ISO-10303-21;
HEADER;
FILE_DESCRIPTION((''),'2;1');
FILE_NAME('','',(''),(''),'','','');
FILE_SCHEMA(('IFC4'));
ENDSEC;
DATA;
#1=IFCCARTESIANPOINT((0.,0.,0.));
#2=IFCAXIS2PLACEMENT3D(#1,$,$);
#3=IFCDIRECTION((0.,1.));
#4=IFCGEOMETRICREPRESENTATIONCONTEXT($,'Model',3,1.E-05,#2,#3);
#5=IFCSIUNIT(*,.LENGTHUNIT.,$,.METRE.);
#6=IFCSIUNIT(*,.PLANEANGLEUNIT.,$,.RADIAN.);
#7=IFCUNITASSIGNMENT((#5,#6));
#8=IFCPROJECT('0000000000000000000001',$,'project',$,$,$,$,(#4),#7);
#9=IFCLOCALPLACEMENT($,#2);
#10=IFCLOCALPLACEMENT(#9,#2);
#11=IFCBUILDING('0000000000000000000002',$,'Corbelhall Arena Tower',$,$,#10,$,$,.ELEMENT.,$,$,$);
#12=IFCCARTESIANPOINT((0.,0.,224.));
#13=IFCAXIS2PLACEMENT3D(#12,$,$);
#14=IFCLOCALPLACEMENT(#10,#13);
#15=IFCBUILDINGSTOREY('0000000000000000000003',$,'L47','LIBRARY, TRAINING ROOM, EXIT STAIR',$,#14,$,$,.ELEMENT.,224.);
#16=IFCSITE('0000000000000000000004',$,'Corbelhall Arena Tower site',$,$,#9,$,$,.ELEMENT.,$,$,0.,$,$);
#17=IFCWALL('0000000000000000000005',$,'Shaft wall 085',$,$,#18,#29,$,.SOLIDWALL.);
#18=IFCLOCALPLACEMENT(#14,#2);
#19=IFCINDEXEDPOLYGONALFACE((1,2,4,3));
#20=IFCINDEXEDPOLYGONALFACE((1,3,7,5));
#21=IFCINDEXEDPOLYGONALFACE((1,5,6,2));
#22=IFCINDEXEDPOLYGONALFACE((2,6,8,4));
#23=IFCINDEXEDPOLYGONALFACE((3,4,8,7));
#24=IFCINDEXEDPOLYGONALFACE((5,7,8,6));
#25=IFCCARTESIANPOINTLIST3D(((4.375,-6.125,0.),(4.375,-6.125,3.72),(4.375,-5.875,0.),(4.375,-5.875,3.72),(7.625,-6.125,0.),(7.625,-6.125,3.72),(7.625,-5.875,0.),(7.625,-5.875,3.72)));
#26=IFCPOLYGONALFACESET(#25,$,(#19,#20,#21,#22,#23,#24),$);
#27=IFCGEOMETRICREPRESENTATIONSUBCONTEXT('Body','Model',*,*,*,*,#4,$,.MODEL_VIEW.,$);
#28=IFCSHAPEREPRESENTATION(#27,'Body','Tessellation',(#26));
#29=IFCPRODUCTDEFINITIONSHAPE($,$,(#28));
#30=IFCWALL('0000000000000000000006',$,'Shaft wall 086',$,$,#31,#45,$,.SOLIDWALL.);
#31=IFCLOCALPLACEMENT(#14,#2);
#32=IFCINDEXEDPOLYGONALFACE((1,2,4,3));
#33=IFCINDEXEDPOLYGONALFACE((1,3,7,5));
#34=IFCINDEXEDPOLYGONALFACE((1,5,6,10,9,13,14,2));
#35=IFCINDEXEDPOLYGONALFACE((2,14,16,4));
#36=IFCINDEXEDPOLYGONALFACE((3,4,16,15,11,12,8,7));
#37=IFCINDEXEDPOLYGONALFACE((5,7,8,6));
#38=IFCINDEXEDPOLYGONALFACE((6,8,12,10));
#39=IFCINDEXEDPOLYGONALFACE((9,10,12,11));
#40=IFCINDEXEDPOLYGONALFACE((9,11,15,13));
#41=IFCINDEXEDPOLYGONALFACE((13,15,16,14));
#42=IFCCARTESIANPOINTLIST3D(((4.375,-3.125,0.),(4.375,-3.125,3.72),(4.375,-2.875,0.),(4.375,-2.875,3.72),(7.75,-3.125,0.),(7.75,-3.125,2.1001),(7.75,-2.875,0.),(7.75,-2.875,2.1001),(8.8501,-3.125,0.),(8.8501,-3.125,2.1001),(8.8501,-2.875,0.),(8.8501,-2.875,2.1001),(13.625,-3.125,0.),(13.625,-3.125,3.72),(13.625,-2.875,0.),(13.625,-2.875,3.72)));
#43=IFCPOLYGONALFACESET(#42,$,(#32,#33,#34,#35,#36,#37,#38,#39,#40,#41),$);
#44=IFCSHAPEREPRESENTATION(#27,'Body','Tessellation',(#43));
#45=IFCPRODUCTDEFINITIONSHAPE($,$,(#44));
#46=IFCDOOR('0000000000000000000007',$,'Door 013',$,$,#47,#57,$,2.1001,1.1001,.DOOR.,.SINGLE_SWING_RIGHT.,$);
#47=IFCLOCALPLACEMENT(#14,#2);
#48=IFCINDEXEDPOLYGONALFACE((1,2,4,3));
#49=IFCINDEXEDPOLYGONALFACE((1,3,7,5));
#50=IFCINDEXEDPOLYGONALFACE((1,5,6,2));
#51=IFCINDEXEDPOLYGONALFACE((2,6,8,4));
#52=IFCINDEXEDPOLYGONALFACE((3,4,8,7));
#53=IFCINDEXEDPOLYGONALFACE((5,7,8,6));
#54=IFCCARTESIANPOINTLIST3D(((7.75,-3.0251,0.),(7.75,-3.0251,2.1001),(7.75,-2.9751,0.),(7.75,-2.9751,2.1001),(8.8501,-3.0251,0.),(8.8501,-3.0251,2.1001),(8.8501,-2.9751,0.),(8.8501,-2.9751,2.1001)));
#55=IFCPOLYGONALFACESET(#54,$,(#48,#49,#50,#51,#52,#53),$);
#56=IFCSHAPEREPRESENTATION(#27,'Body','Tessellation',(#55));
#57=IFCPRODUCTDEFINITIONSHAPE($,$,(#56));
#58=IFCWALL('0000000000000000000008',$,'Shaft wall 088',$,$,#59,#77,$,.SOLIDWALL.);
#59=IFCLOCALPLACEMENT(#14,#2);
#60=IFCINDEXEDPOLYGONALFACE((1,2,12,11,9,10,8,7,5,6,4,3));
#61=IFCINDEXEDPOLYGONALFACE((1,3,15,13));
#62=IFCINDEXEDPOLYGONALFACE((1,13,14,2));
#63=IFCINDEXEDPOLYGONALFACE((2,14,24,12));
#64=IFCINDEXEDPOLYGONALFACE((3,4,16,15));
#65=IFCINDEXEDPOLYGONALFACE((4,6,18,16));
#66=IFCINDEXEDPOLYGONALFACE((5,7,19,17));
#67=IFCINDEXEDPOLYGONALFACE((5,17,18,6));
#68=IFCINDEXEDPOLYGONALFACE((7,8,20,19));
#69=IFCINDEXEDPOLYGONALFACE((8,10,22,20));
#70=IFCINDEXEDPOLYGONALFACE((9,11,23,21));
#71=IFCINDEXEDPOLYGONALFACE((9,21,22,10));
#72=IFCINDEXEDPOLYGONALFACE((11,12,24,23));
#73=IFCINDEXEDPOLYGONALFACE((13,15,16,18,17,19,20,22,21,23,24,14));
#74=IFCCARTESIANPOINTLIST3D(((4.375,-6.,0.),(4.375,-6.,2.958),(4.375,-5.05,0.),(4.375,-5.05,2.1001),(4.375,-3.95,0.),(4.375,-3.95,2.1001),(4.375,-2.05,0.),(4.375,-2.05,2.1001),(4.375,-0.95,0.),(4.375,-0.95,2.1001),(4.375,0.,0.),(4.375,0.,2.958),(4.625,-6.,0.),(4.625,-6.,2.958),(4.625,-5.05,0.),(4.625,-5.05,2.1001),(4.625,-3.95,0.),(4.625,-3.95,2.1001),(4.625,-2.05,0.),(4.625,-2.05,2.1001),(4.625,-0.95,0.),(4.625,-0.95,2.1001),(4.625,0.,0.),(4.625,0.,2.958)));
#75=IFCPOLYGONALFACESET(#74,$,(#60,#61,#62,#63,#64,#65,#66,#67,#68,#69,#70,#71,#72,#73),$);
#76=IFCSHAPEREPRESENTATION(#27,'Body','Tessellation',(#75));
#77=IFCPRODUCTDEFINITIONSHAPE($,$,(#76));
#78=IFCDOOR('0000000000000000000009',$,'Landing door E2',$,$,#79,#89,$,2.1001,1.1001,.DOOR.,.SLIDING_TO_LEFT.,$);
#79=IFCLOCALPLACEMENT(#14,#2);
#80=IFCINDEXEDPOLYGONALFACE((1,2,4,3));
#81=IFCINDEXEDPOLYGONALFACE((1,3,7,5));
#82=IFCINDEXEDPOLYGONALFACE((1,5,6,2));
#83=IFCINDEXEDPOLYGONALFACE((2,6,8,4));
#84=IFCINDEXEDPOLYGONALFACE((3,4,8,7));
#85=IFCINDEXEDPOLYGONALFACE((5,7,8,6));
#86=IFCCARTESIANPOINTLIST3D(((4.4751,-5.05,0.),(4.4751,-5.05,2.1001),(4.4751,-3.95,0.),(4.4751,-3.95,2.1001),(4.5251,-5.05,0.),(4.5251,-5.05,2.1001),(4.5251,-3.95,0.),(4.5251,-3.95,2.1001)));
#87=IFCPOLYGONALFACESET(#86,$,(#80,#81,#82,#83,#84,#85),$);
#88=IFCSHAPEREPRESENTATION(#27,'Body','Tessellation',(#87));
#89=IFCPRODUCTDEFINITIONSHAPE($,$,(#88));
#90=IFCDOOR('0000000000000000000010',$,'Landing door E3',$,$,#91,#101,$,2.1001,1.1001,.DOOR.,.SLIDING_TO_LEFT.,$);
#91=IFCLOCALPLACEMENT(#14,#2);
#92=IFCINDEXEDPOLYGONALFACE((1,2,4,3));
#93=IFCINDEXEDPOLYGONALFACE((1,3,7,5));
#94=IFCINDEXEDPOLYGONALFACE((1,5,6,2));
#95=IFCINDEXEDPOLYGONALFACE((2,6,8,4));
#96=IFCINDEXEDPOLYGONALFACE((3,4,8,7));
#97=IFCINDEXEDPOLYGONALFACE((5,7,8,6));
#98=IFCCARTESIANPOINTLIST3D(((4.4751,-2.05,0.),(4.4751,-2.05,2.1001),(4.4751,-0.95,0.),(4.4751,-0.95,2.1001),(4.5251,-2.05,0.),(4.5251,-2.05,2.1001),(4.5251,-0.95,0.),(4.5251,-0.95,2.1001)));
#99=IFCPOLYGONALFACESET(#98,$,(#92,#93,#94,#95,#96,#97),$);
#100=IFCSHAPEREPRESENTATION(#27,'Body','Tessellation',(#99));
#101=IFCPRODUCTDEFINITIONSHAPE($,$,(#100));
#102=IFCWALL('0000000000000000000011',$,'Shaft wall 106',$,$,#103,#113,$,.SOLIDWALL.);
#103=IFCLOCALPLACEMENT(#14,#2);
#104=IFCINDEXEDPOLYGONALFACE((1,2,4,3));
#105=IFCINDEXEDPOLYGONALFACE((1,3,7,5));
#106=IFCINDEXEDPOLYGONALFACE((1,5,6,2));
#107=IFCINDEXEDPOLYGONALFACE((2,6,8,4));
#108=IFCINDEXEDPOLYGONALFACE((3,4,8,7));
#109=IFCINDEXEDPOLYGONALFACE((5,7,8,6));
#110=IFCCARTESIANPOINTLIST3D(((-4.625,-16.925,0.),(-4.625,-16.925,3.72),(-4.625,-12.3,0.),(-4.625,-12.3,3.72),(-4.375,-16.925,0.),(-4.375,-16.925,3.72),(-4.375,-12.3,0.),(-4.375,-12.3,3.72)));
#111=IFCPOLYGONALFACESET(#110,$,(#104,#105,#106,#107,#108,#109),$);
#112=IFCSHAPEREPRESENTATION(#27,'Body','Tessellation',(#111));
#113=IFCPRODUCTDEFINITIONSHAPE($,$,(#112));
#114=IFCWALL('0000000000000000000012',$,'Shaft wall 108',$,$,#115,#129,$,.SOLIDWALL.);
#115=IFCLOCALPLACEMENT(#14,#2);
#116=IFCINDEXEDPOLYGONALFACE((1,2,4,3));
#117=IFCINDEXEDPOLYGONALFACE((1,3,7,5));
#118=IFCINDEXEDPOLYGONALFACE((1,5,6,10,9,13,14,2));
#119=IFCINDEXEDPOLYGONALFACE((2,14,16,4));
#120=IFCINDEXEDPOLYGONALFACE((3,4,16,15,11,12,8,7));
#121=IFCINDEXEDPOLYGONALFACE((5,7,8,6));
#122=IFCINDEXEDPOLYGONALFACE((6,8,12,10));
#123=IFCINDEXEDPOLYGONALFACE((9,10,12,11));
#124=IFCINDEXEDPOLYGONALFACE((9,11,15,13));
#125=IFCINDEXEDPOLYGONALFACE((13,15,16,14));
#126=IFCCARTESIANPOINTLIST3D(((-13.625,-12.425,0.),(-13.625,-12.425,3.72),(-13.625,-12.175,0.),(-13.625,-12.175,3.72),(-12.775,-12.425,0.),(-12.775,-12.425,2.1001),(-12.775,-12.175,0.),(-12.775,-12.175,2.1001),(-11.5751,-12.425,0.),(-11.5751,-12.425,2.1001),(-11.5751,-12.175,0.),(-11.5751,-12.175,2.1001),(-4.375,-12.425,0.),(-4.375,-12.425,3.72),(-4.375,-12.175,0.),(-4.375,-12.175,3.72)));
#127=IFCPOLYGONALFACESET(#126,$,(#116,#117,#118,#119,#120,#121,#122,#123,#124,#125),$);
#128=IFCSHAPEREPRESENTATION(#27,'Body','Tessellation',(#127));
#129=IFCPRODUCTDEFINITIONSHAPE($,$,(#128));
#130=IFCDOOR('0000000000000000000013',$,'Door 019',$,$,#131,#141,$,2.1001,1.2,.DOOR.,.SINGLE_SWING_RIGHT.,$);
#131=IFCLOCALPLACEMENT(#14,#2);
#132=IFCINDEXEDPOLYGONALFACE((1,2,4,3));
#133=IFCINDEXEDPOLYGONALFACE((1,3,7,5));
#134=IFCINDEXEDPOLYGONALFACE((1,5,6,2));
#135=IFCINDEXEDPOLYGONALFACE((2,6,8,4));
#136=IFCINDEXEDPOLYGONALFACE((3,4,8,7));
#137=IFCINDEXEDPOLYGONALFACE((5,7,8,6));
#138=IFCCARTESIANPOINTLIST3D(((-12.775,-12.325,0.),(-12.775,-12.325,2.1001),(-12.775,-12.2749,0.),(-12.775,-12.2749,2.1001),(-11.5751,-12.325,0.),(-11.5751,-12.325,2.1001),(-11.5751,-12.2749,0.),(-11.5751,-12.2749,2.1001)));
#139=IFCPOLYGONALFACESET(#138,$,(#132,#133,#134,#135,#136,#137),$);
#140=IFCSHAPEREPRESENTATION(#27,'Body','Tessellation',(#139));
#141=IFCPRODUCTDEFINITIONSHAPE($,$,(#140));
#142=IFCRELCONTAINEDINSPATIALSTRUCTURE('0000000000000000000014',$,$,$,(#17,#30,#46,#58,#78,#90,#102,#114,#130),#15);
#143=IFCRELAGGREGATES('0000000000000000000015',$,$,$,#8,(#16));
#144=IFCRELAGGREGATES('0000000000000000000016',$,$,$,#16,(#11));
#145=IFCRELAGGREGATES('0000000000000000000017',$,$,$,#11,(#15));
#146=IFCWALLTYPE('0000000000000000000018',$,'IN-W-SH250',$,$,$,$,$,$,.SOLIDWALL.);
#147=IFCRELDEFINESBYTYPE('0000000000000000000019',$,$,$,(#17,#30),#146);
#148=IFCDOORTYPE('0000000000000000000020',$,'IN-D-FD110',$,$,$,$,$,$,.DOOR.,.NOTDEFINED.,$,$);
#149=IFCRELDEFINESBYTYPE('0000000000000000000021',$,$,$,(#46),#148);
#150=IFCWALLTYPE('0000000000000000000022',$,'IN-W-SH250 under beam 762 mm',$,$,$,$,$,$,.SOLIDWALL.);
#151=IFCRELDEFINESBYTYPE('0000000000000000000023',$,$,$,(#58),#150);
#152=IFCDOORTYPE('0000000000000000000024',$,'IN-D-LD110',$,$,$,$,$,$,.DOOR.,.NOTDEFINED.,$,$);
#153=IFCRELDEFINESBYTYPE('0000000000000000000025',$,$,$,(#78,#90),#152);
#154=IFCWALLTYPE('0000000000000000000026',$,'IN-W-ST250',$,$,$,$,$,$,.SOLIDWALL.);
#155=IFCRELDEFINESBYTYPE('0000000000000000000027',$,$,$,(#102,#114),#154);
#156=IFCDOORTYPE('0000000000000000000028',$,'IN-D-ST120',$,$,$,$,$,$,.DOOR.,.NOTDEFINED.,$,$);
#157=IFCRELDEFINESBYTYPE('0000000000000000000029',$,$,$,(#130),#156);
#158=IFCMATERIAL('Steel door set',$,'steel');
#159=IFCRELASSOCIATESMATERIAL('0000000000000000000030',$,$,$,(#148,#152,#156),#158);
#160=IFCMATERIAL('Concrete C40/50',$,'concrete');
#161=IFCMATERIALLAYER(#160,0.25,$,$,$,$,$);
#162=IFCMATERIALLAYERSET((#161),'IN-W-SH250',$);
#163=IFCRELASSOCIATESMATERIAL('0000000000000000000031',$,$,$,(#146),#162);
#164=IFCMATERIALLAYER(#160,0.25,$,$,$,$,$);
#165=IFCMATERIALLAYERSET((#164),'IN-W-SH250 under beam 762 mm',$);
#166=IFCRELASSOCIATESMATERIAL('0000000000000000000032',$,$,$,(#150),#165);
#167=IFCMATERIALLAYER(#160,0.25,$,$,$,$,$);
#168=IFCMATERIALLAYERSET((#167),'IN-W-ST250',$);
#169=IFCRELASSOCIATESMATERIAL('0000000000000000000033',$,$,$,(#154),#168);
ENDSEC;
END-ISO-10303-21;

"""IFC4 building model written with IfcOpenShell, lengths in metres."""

from ifc_helpers import new_model, si_unit, direction, frame, frame_2d, origin, place, context, subcontext, project, spatial, rectangle, extrude, material, layer, layer_set, type_object, element, fill, save


model = new_model("IFC4")

# Units and contexts
model_context = context("Model", 3, precision=1e-05, world=origin(), true_north=direction((0.0, 1.0)))
body_context = subcontext(model_context, "Body", "Model", "MODEL_VIEW")
ifc_project = project(units=[si_unit("LENGTHUNIT", "METRE"), si_unit("PLANEANGLEUNIT", "RADIAN")], contexts=[model_context])

# Site, building, storey
site_placement = place(None, origin())
site = spatial("IfcSite", under=ifc_project, at=site_placement, Name="Corbelhall Arena Tower site", CompositionType="ELEMENT", RefElevation=0.0)
building_placement = place(site_placement, origin())
building = spatial("IfcBuilding", under=site, at=building_placement, Name="Corbelhall Arena Tower", CompositionType="ELEMENT")
storey_placement = place(building_placement, frame((0.0, 0.0, 224.0)))
storey = spatial("IfcBuildingStorey", under=building, at=storey_placement, Name="L47", Description="LIBRARY, TRAINING ROOM, EXIT STAIR", CompositionType="ELEMENT", Elevation=224.0)

# Shared definitions
ifc_material_1 = material(Name="Concrete C40/50", Category="concrete")

# Shared definitions
ifc_material_2 = material(Name="Steel door set", Category="steel")
door_type_1 = type_object("IfcDoorType", Name="IN-D-FD110", OperationType="NOTDEFINED", PredefinedType="DOOR", material=ifc_material_2)

# Wall
ifc_layer_1 = layer(ifc_material_1, 0.25)
ifc_layer_set_1 = layer_set([ifc_layer_1], Name="IN-W-SH250")
wall_type_1 = type_object("IfcWallType", Name="IN-W-SH250", PredefinedType="SOLIDWALL", material=ifc_layer_set_1)
wall_1_placement = place(storey_placement, frame((4.375, -6.0, 0.0), z_axis=(0.0, 0.0, 1.0), x_axis=(1.0, 0.0, 0.0)))
element("IfcWall", 1, at=wall_1_placement, inside=storey, type_object=wall_type_1, Name="Shaft wall 085", PredefinedType="SOLIDWALL", context=body_context, shape_type="SweptSolid", body=[
    extrude(rectangle(XDim=3.25, YDim=0.25, at=frame_2d((1.625, 0.0))), origin(), (0.0, 0.0, 1.0), 3.72),
])

# Wall, opening, door
wall_2_placement = place(storey_placement, frame((4.375, -3.0, 0.0), z_axis=(0.0, 0.0, 1.0), x_axis=(1.0, 0.0, 0.0)))
wall_2 = element("IfcWall", 2, at=wall_2_placement, inside=storey, type_object=wall_type_1, Name="Shaft wall 086", PredefinedType="SOLIDWALL", context=body_context, shape_type="SweptSolid", body=[
    extrude(rectangle(XDim=9.25, YDim=0.25, at=frame_2d((4.625, 0.0))), origin(), (0.0, 0.0, 1.0), 3.72),
])
opening_1_placement = place(wall_2_placement, frame((3.375, 0.0, 0.0)))
opening_1 = element("IfcOpeningElement", 3, at=opening_1_placement, cuts=wall_2, PredefinedType="OPENING", context=body_context, shape_type="SweptSolid", body=[
    extrude(rectangle(XDim=1.1001, YDim=2.1001, at=frame_2d((0.55, 1.05))), frame((0.0, 0.125, 0.0), z_axis=(0.0, -1.0, 0.0), x_axis=(1.0, 0.0, 0.0)), (0.0, 0.0, 1.0), 0.25),
])
door_1_placement = place(opening_1_placement, origin())
door_1 = element("IfcDoor", 4, at=door_1_placement, inside=storey, type_object=door_type_1, Name="Door 013", OperationType="SINGLE_SWING_RIGHT", OverallHeight=2.1001, OverallWidth=1.1001, PredefinedType="DOOR", context=body_context, shape_type="SweptSolid", body=[
    extrude(rectangle(XDim=1.1001, YDim=2.1001, at=frame_2d((0.55, 1.05))), frame((0.0, 0.0249, 0.0), z_axis=(0.0, -1.0, 0.0), x_axis=(1.0, 0.0, 0.0)), (0.0, 0.0, 1.0), 0.05),
])
fill(opening_1, door_1)

# Wall, openings, doors
ifc_layer_2 = layer(ifc_material_1, 0.25)
ifc_layer_set_2 = layer_set([ifc_layer_2], Name="IN-W-SH250 under beam 762 mm")
wall_type_2 = type_object("IfcWallType", Name="IN-W-SH250 under beam 762 mm", PredefinedType="SOLIDWALL", material=ifc_layer_set_2)
wall_3_placement = place(storey_placement, frame((4.5, -6.0, 0.0), z_axis=(0.0, 0.0, 1.0), x_axis=(0.0, 1.0, 0.0)))
wall_3 = element("IfcWall", 5, at=wall_3_placement, inside=storey, type_object=wall_type_2, Name="Shaft wall 088", PredefinedType="SOLIDWALL", context=body_context, shape_type="SweptSolid", body=[
    extrude(rectangle(XDim=6.0, YDim=0.25, at=frame_2d((3.0, 0.0))), origin(), (0.0, 0.0, 1.0), 2.958),
])
opening_2_placement = place(wall_3_placement, frame((0.95, 0.0, 0.0)))
opening_2 = element("IfcOpeningElement", 6, at=opening_2_placement, cuts=wall_3, PredefinedType="OPENING", context=body_context, shape_type="SweptSolid", body=[
    extrude(rectangle(XDim=1.1001, YDim=2.1001, at=frame_2d((0.55, 1.05))), frame((0.0, 0.125, 0.0), z_axis=(0.0, -1.0, 0.0), x_axis=(1.0, 0.0, 0.0)), (0.0, 0.0, 1.0), 0.25),
])
opening_3_placement = place(wall_3_placement, frame((3.95, 0.0, 0.0)))
opening_3 = element("IfcOpeningElement", 7, at=opening_3_placement, cuts=wall_3, PredefinedType="OPENING", context=body_context, shape_type="SweptSolid", body=[
    extrude(rectangle(XDim=1.1001, YDim=2.1001, at=frame_2d((0.55, 1.05))), frame((0.0, 0.125, 0.0), z_axis=(0.0, -1.0, 0.0), x_axis=(1.0, 0.0, 0.0)), (0.0, 0.0, 1.0), 0.25),
])
door_type_2 = type_object("IfcDoorType", Name="IN-D-LD110", OperationType="NOTDEFINED", PredefinedType="DOOR", material=ifc_material_2)
door_2_placement = place(opening_2_placement, origin())
door_2 = element("IfcDoor", 8, at=door_2_placement, inside=storey, type_object=door_type_2, Name="Landing door E2", OperationType="SLIDING_TO_LEFT", OverallHeight=2.1001, OverallWidth=1.1001, PredefinedType="DOOR", context=body_context, shape_type="SweptSolid", body=[
    extrude(rectangle(XDim=1.1001, YDim=2.1001, at=frame_2d((0.55, 1.05))), frame((0.0, 0.0249, 0.0), z_axis=(0.0, -1.0, 0.0), x_axis=(1.0, 0.0, 0.0)), (0.0, 0.0, 1.0), 0.05),
])
fill(opening_2, door_2)
door_3_placement = place(opening_3_placement, origin())
door_3 = element("IfcDoor", 9, at=door_3_placement, inside=storey, type_object=door_type_2, Name="Landing door E3", OperationType="SLIDING_TO_LEFT", OverallHeight=2.1001, OverallWidth=1.1001, PredefinedType="DOOR", context=body_context, shape_type="SweptSolid", body=[
    extrude(rectangle(XDim=1.1001, YDim=2.1001, at=frame_2d((0.55, 1.05))), frame((0.0, 0.0249, 0.0), z_axis=(0.0, -1.0, 0.0), x_axis=(1.0, 0.0, 0.0)), (0.0, 0.0, 1.0), 0.05),
])
fill(opening_3, door_3)

# Wall
ifc_layer_3 = layer(ifc_material_1, 0.25)
ifc_layer_set_3 = layer_set([ifc_layer_3], Name="IN-W-ST250")
wall_type_3 = type_object("IfcWallType", Name="IN-W-ST250", PredefinedType="SOLIDWALL", material=ifc_layer_set_3)
wall_4_placement = place(storey_placement, frame((-4.5, -12.3, 0.0), z_axis=(0.0, 0.0, 1.0), x_axis=(0.0, -1.0, 0.0)))
element("IfcWall", 10, at=wall_4_placement, inside=storey, type_object=wall_type_3, Name="Shaft wall 106", PredefinedType="SOLIDWALL", context=body_context, shape_type="SweptSolid", body=[
    extrude(rectangle(XDim=4.625, YDim=0.25, at=frame_2d((2.3125, 0.0))), origin(), (0.0, 0.0, 1.0), 3.72),
])

# Wall, opening, door
wall_5_placement = place(storey_placement, frame((-4.375, -12.3, 0.0), z_axis=(0.0, 0.0, 1.0), x_axis=(-1.0, 0.0, 0.0)))
wall_5 = element("IfcWall", 11, at=wall_5_placement, inside=storey, type_object=wall_type_3, Name="Shaft wall 108", PredefinedType="SOLIDWALL", context=body_context, shape_type="SweptSolid", body=[
    extrude(rectangle(XDim=9.25, YDim=0.25, at=frame_2d((4.625, 0.0))), origin(), (0.0, 0.0, 1.0), 3.72),
])
opening_4_placement = place(wall_5_placement, frame((7.2, 0.0, 0.0)))
opening_4 = element("IfcOpeningElement", 12, at=opening_4_placement, cuts=wall_5, PredefinedType="OPENING", context=body_context, shape_type="SweptSolid", body=[
    extrude(rectangle(XDim=1.2, YDim=2.1001, at=frame_2d((0.6001, 1.05))), frame((0.0, 0.125, 0.0), z_axis=(0.0, -1.0, 0.0), x_axis=(1.0, 0.0, 0.0)), (0.0, 0.0, 1.0), 0.25),
])
door_type_3 = type_object("IfcDoorType", Name="IN-D-ST120", OperationType="NOTDEFINED", PredefinedType="DOOR", material=ifc_material_2)
door_4_placement = place(opening_4_placement, origin())
door_4 = element("IfcDoor", 13, at=door_4_placement, inside=storey, type_object=door_type_3, Name="Door 019", OperationType="SINGLE_SWING_RIGHT", OverallHeight=2.1001, OverallWidth=1.2, PredefinedType="DOOR", context=body_context, shape_type="SweptSolid", body=[
    extrude(rectangle(XDim=1.2, YDim=2.1001, at=frame_2d((0.6001, 1.05))), frame((0.0, 0.0249, 0.0), z_axis=(0.0, -1.0, 0.0), x_axis=(1.0, 0.0, 0.0)), (0.0, 0.0, 1.0), 0.05),
])
fill(opening_4, door_4)

save(model, "model.ifc")
